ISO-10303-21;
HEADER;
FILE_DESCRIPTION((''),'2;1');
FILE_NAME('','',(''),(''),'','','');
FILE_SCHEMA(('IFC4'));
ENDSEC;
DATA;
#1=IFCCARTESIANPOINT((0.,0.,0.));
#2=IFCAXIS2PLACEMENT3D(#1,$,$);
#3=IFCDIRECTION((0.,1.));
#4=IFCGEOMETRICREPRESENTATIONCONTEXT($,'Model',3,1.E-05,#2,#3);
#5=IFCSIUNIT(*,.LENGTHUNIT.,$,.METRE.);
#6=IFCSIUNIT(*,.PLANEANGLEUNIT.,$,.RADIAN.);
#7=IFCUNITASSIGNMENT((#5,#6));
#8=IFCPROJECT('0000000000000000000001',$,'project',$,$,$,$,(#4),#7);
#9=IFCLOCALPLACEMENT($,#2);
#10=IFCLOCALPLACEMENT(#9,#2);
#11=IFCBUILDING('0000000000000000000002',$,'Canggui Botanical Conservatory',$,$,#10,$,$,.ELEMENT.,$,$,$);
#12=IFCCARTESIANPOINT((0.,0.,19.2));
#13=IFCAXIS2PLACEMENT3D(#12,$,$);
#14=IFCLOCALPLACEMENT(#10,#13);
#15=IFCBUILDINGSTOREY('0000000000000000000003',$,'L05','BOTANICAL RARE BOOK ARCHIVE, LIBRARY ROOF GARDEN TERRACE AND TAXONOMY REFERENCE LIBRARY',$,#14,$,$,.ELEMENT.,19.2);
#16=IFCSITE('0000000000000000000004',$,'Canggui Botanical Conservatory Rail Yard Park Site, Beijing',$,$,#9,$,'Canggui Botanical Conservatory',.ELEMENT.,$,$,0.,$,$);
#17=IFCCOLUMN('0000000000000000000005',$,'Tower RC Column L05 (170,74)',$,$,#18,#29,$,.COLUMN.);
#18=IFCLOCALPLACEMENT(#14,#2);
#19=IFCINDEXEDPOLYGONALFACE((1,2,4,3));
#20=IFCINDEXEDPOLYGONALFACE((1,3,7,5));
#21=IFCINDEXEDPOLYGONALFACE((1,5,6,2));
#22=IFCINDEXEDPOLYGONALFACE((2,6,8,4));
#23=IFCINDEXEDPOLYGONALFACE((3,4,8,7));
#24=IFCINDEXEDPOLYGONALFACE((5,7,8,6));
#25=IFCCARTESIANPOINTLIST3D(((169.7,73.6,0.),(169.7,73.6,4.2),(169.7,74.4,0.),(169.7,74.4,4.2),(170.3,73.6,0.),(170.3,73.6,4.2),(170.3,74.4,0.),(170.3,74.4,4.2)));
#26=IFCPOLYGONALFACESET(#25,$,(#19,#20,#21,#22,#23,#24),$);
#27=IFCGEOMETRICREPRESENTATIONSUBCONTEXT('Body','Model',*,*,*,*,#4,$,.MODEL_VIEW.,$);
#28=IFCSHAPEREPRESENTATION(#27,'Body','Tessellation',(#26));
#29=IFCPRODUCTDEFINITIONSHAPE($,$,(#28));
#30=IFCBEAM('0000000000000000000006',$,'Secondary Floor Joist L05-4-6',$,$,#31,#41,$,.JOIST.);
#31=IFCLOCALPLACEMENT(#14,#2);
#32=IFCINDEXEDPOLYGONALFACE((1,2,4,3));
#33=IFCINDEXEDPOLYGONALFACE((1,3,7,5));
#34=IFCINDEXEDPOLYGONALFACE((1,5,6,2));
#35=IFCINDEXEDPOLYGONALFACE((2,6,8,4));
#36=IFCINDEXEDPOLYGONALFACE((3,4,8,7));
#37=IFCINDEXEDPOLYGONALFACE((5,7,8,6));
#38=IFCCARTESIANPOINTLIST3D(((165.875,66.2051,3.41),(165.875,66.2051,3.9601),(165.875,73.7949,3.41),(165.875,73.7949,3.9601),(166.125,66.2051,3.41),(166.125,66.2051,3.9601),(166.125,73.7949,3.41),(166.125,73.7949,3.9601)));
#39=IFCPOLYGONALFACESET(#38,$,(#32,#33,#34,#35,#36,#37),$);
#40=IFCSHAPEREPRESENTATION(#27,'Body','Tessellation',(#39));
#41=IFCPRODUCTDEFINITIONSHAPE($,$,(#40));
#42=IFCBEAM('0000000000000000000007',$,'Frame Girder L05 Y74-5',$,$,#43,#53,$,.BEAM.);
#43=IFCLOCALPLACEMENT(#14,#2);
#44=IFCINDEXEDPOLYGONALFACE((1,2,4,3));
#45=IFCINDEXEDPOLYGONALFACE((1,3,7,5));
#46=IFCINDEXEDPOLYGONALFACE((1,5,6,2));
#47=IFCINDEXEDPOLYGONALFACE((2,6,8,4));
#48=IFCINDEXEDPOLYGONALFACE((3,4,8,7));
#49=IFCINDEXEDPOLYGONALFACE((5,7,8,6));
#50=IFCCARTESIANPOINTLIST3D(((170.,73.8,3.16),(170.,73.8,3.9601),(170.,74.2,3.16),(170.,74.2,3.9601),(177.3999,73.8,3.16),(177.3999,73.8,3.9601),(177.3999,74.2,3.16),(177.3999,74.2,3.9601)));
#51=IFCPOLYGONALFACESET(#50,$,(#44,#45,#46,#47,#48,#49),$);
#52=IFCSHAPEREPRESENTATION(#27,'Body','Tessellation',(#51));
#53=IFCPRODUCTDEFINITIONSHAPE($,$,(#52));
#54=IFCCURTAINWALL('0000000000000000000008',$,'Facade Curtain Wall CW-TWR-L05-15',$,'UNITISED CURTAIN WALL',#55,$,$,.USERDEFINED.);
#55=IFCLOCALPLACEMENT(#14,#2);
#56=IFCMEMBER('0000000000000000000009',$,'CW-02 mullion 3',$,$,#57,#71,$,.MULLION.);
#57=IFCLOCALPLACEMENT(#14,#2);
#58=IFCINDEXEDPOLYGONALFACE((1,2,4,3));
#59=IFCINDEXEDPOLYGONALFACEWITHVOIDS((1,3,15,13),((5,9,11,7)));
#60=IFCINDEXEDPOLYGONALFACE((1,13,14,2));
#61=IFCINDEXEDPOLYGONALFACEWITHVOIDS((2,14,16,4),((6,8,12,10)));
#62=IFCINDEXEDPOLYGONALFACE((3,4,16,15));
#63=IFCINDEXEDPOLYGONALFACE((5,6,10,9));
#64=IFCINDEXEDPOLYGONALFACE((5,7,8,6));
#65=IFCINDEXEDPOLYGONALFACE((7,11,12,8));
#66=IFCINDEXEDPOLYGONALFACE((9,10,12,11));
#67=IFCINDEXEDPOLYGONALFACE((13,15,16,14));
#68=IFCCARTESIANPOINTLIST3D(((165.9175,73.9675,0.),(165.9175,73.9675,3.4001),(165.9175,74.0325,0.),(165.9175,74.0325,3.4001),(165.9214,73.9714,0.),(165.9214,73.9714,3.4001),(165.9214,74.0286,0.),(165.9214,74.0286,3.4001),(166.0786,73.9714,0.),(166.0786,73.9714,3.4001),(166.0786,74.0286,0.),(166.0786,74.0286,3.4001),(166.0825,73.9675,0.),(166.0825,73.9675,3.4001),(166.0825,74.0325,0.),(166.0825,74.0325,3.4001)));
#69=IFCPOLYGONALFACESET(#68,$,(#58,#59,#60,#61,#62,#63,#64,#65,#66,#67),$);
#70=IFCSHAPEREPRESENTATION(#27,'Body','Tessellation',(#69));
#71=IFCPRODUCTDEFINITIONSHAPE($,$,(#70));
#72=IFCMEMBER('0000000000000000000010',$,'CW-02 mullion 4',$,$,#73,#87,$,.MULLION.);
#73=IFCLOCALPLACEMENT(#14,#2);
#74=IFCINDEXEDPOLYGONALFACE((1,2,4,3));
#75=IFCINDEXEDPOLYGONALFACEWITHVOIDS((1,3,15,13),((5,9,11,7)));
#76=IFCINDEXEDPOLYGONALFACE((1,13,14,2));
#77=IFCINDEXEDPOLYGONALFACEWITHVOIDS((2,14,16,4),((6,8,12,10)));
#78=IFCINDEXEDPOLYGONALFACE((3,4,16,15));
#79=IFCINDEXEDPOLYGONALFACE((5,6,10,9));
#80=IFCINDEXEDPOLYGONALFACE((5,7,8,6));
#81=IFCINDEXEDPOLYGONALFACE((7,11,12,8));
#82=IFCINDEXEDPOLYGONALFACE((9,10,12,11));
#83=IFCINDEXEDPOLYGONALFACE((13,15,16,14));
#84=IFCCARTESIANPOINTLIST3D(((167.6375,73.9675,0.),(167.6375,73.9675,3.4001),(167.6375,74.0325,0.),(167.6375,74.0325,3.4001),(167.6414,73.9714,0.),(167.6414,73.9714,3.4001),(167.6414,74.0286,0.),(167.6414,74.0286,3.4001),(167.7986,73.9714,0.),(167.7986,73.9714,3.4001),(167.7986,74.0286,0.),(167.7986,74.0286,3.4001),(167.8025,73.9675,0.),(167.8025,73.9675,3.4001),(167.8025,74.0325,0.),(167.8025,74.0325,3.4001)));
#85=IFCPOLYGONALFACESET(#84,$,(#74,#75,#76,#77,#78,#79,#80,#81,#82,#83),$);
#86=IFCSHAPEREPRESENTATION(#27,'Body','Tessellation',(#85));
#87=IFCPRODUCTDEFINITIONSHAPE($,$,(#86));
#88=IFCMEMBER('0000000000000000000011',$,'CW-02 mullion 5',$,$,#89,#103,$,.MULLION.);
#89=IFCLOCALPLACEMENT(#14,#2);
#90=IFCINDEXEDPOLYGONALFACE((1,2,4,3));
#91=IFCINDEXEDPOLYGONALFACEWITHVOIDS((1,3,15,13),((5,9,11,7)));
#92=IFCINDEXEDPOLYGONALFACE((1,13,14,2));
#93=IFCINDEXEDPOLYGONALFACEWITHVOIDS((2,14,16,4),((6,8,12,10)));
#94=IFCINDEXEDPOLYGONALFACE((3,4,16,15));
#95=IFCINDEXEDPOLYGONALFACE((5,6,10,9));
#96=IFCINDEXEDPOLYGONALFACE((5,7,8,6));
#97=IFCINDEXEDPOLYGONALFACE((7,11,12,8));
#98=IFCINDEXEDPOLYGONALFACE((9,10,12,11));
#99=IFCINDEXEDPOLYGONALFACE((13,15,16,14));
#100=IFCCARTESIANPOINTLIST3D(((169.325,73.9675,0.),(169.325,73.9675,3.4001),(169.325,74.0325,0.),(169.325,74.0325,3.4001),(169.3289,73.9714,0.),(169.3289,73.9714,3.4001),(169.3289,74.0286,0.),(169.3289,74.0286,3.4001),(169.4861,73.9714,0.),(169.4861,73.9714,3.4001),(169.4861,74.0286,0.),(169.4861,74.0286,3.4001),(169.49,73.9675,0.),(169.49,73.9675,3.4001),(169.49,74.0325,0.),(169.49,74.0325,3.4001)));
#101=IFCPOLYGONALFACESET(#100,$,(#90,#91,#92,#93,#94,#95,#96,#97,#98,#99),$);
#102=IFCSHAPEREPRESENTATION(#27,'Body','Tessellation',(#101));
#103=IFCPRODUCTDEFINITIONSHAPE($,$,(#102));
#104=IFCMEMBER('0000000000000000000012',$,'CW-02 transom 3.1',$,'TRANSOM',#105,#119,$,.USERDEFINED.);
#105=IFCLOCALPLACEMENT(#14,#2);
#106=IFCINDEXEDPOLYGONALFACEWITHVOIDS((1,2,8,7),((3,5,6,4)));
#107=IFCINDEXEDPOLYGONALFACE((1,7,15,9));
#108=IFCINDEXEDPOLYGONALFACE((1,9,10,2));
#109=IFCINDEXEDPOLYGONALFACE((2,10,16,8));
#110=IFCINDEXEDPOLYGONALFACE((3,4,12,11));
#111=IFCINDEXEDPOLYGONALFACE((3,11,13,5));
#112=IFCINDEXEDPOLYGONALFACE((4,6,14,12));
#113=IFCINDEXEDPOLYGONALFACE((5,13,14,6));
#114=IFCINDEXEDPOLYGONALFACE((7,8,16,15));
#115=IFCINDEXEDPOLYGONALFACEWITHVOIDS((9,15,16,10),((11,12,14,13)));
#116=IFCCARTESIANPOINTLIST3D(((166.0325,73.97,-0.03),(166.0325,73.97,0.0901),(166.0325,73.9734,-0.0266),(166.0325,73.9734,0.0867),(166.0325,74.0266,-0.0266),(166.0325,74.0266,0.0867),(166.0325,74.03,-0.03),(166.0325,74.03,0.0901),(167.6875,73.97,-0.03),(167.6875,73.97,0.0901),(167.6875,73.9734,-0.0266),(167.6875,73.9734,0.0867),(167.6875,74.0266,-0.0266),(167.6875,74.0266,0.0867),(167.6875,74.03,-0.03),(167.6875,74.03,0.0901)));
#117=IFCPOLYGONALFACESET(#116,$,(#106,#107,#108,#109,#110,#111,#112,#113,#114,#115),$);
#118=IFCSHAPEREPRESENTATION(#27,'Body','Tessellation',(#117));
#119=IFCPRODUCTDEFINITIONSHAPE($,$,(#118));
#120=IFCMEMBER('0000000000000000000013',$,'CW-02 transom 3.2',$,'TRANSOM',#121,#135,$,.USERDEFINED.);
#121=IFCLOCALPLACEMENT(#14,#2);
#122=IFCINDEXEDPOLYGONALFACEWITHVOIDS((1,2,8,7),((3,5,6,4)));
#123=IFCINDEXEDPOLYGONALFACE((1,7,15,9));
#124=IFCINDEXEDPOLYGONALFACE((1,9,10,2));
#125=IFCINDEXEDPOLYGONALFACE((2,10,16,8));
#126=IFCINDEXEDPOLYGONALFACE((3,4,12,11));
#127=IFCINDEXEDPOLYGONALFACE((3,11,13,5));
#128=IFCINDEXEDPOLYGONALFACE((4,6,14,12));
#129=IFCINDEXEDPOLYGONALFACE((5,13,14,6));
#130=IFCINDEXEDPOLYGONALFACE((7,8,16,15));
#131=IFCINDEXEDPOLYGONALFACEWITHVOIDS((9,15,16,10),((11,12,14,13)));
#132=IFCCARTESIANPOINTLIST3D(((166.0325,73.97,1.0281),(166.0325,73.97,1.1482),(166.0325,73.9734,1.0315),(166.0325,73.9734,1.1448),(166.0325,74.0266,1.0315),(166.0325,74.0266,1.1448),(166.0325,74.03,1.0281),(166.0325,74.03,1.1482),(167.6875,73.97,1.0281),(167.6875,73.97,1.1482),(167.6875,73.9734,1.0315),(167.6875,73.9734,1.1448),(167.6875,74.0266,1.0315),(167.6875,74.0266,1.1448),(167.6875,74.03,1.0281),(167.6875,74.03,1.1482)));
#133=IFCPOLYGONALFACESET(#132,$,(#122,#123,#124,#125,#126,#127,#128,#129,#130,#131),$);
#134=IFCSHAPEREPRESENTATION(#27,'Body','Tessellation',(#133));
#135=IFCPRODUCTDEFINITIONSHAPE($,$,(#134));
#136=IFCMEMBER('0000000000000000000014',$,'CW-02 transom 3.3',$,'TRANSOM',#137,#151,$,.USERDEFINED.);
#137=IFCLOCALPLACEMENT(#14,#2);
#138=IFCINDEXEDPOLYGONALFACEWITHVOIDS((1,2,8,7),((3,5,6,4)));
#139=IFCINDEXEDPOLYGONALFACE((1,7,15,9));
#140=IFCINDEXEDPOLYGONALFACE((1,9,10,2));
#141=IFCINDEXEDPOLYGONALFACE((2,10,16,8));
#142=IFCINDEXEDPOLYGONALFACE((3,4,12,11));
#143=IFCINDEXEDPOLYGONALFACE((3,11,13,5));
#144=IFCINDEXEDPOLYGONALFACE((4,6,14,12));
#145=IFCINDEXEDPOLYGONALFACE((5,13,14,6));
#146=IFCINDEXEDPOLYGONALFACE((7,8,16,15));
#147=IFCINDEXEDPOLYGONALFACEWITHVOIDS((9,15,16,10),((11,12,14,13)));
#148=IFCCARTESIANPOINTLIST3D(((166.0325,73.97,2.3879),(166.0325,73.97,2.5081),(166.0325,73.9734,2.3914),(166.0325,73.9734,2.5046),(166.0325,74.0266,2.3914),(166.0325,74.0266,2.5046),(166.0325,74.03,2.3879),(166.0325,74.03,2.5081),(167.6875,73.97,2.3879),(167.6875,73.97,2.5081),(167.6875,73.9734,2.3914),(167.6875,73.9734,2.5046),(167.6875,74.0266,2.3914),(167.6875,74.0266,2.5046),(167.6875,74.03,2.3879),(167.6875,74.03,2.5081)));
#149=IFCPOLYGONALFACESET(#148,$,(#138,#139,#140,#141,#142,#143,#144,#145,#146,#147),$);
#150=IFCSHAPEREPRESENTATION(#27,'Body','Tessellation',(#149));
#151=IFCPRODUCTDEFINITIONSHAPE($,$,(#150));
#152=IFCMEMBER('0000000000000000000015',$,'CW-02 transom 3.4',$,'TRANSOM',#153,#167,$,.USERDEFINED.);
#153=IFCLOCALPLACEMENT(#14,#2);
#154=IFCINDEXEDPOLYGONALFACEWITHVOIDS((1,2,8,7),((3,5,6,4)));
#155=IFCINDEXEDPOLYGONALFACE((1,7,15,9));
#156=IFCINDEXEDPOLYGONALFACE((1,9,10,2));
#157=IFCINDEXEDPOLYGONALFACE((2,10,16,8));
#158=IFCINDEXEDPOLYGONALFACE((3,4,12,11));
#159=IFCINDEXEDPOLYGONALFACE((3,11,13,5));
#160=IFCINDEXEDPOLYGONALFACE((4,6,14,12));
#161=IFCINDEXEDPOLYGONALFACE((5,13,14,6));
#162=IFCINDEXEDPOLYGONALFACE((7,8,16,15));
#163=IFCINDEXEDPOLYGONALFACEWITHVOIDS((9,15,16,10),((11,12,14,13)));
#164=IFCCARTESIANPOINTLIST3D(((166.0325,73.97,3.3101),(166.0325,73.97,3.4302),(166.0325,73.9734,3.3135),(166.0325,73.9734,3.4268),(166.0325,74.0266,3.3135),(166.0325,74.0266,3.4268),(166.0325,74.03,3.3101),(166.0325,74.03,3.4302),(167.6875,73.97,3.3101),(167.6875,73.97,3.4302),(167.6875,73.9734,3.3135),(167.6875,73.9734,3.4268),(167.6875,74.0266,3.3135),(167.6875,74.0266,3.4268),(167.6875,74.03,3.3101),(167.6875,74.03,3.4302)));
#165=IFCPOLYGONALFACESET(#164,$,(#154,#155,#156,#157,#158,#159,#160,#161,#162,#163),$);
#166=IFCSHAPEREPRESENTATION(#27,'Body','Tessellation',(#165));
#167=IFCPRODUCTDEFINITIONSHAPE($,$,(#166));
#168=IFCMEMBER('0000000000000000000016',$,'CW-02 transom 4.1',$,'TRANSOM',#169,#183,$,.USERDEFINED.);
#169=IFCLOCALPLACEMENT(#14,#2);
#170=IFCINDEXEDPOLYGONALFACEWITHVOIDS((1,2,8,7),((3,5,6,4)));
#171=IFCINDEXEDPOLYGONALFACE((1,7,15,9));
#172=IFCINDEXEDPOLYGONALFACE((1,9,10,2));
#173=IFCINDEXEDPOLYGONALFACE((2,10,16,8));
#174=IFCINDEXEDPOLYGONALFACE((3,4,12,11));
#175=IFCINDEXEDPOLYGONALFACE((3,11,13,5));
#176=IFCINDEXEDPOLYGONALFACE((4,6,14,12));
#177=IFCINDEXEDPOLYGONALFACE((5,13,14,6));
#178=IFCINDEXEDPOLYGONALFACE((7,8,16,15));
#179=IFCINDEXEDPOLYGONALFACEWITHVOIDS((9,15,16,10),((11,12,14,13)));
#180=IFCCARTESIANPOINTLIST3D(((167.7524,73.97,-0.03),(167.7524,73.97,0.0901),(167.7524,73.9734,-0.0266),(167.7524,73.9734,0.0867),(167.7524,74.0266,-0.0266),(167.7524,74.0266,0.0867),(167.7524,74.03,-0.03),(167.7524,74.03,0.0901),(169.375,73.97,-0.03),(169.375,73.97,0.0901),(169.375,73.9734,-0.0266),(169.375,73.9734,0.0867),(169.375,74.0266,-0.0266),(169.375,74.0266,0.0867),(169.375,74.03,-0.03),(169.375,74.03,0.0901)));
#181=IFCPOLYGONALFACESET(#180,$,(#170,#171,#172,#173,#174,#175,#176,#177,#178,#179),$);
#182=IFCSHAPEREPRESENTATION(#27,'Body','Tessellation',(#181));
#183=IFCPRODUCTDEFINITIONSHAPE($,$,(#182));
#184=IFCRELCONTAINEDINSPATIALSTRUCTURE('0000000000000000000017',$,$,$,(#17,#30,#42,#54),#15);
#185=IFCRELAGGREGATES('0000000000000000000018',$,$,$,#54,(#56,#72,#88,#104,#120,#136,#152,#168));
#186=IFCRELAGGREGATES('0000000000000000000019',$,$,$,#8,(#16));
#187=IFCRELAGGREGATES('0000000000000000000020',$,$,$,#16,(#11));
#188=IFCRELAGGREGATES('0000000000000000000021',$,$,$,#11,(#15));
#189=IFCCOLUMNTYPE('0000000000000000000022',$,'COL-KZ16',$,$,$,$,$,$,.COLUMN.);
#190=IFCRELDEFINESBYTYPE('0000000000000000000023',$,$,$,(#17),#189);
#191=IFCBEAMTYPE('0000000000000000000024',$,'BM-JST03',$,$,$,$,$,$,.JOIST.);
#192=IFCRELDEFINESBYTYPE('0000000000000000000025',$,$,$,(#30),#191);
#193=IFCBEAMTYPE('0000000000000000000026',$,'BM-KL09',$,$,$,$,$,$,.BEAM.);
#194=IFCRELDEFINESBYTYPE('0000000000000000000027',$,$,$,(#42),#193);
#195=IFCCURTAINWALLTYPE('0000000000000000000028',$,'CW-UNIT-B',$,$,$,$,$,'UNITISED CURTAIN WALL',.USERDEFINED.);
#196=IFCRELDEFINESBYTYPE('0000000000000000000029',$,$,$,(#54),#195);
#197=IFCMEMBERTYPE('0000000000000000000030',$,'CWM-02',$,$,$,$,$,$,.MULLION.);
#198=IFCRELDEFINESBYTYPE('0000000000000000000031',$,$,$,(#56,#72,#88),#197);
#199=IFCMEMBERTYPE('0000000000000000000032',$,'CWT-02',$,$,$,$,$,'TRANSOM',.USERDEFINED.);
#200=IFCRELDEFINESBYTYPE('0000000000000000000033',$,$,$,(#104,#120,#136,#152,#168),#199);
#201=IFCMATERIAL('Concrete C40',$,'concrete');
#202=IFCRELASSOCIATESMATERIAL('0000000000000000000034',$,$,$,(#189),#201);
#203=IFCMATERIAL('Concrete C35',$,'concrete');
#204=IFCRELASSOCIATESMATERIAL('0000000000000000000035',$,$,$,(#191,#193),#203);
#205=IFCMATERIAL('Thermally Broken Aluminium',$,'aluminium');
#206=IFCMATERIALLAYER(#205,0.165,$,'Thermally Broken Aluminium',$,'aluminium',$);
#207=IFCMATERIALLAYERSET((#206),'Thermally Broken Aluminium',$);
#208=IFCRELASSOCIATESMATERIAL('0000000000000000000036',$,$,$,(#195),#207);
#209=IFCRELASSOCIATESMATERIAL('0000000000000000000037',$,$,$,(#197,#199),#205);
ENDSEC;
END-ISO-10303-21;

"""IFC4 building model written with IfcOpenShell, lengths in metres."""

from ifc_helpers import new_model, si_unit, direction, frame, origin, origin_2d, place, context, subcontext, project, spatial, rectangle, hollow_rectangle, extrude, material, layer, layer_set, material_profile, profile_set, type_object, element, aggregate, save


model = new_model("IFC4")

# Units and contexts
model_context = context("Model", 3, precision=1e-05, world=origin(), true_north=direction((0.0, 1.0)))
body_context = subcontext(model_context, "Body", "Model", "MODEL_VIEW")
ifc_project = project(units=[si_unit("LENGTHUNIT", "METRE"), si_unit("PLANEANGLEUNIT", "RADIAN")], contexts=[model_context])

# Site, building, storey
site_placement = place(None, origin())
site = spatial("IfcSite", under=ifc_project, at=site_placement, Name="Canggui Botanical Conservatory Rail Yard Park Site, Beijing", LongName="Canggui Botanical Conservatory", CompositionType="ELEMENT", RefElevation=0.0)
building_placement = place(site_placement, origin())
building = spatial("IfcBuilding", under=site, at=building_placement, Name="Canggui Botanical Conservatory", CompositionType="ELEMENT")
storey_placement = place(building_placement, frame((0.0, 0.0, 19.2)))
storey = spatial("IfcBuildingStorey", under=building, at=storey_placement, Name="L05", Description="BOTANICAL RARE BOOK ARCHIVE, LIBRARY ROOF GARDEN TERRACE AND TAXONOMY REFERENCE LIBRARY", CompositionType="ELEMENT", Elevation=19.2)

# Column
ifc_material_1 = material(Name="Concrete C40", Category="concrete")
ifc_material_profile_1 = material_profile(ifc_material_1, rectangle(XDim=0.6001, YDim=0.8, at=origin_2d()), Name="RC 600x800")
ifc_profile_set_1 = profile_set([ifc_material_profile_1], Name="Concrete C40")
column_type = type_object("IfcColumnType", Name="COL-KZ16", PredefinedType="COLUMN", material=ifc_profile_set_1)
column_placement = place(storey_placement, frame((170.0, 74.0, 0.0), z_axis=(0.0, 0.0, 1.0), x_axis=(1.0, 0.0, 0.0)))
element("IfcColumn", 1, at=column_placement, inside=storey, type_object=column_type, Name="Tower RC Column L05 (170,74)", PredefinedType="COLUMN", context=body_context, shape_type="SweptSolid", body=[
    extrude(rectangle(XDim=0.6001, YDim=0.8, at=origin_2d()), origin(), (0.0, 0.0, 1.0), 4.2),
])

# Beams
ifc_material_2 = material(Name="Concrete C35", Category="concrete")
ifc_material_profile_2 = material_profile(ifc_material_2, rectangle(XDim=0.25, YDim=0.55, at=origin_2d()), Name="RB 250x550")
ifc_profile_set_2 = profile_set([ifc_material_profile_2], Name="Concrete C35")
beam_type_1 = type_object("IfcBeamType", Name="BM-JST03", PredefinedType="JOIST", material=ifc_profile_set_2)
beam_1_placement = place(storey_placement, frame((166.0, 66.2051, 3.6851), z_axis=(0.0, 1.0, 0.0), x_axis=(-1.0, 0.0, 0.0)))
element("IfcBeam", 2, at=beam_1_placement, inside=storey, type_object=beam_type_1, Name="Secondary Floor Joist L05-4-6", PredefinedType="JOIST", context=body_context, shape_type="SweptSolid", body=[
    extrude(rectangle(XDim=0.25, YDim=0.55, at=origin_2d()), origin(), (0.0, 0.0, 1.0), 7.5898),
])
ifc_material_profile_3 = material_profile(ifc_material_2, rectangle(XDim=0.3999, YDim=0.8, at=origin_2d()), Name="RB 400x800")
ifc_profile_set_3 = profile_set([ifc_material_profile_3], Name="Concrete C35")
beam_type_2 = type_object("IfcBeamType", Name="BM-KL09", PredefinedType="BEAM", material=ifc_profile_set_3)
beam_2_placement = place(storey_placement, frame((170.0, 74.0, 3.5601), z_axis=(1.0, 0.0, 0.0), x_axis=(0.0, 1.0, 0.0)))
element("IfcBeam", 3, at=beam_2_placement, inside=storey, type_object=beam_type_2, Name="Frame Girder L05 Y74-5", PredefinedType="BEAM", context=body_context, shape_type="SweptSolid", body=[
    extrude(rectangle(XDim=0.3999, YDim=0.8, at=origin_2d()), origin(), (0.0, 0.0, 1.0), 7.3999),
])

# Curtain wall, members
ifc_material_3 = material(Name="Thermally Broken Aluminium", Category="aluminium")
ifc_layer_1 = layer(ifc_material_3, 0.165, Name="Thermally Broken Aluminium", Category="aluminium")
ifc_layer_set_1 = layer_set([ifc_layer_1], Name="Thermally Broken Aluminium")
curtain_wall_type = type_object("IfcCurtainWallType", Name="CW-UNIT-B", ElementType="UNITISED CURTAIN WALL", PredefinedType="USERDEFINED", material=ifc_layer_set_1)
curtain_wall_placement = place(storey_placement, origin())
curtain_wall = element("IfcCurtainWall", 4, at=curtain_wall_placement, inside=storey, type_object=curtain_wall_type, Name="Facade Curtain Wall CW-TWR-L05-15", ObjectType="UNITISED CURTAIN WALL", PredefinedType="USERDEFINED")
ifc_material_profile_4 = material_profile(ifc_material_3, hollow_rectangle(XDim=0.0649, YDim=0.165, WallThickness=0.0039, at=origin_2d()), Name="CWM 65x165x4")
ifc_profile_set_4 = profile_set([ifc_material_profile_4], Name="Thermally Broken Aluminium")
member_type_1 = type_object("IfcMemberType", Name="CWM-02", PredefinedType="MULLION", material=ifc_profile_set_4)
member_1_placement = place(storey_placement, frame((166.0, 74.0, 0.0), z_axis=(0.0, 0.0, 1.0), x_axis=(0.0, 1.0, 0.0)))
member_1 = element("IfcMember", 5, at=member_1_placement, type_object=member_type_1, Name="CW-02 mullion 3", PredefinedType="MULLION", context=body_context, shape_type="SweptSolid", body=[
    extrude(hollow_rectangle(XDim=0.0649, YDim=0.165, WallThickness=0.0039, at=origin_2d()), origin(), (0.0, 0.0, 1.0), 3.4001),
])
member_2_placement = place(storey_placement, frame((167.72, 74.0, 0.0), z_axis=(0.0, 0.0, 1.0), x_axis=(0.0, 1.0, 0.0)))
member_2 = element("IfcMember", 6, at=member_2_placement, type_object=member_type_1, Name="CW-02 mullion 4", PredefinedType="MULLION", context=body_context, shape_type="SweptSolid", body=[
    extrude(hollow_rectangle(XDim=0.0649, YDim=0.165, WallThickness=0.0039, at=origin_2d()), origin(), (0.0, 0.0, 1.0), 3.4001),
])
member_3_placement = place(storey_placement, frame((169.4075, 74.0, 0.0), z_axis=(0.0, 0.0, 1.0), x_axis=(0.0, 1.0, 0.0)))
member_3 = element("IfcMember", 7, at=member_3_placement, type_object=member_type_1, Name="CW-02 mullion 5", PredefinedType="MULLION", context=body_context, shape_type="SweptSolid", body=[
    extrude(hollow_rectangle(XDim=0.0649, YDim=0.165, WallThickness=0.0039, at=origin_2d()), origin(), (0.0, 0.0, 1.0), 3.4001),
])
ifc_material_profile_5 = material_profile(ifc_material_3, hollow_rectangle(XDim=0.0601, YDim=0.1201, WallThickness=0.0034, at=origin_2d()), Name="CWT 60x120x3.5")
ifc_profile_set_5 = profile_set([ifc_material_profile_5], Name="Thermally Broken Aluminium")
member_type_2 = type_object("IfcMemberType", Name="CWT-02", ElementType="TRANSOM", PredefinedType="USERDEFINED", material=ifc_profile_set_5)
member_4_placement = place(storey_placement, frame((166.0325, 74.0, 0.03), z_axis=(1.0, 0.0, 0.0), x_axis=(0.0, 1.0, 0.0)))
member_4 = element("IfcMember", 8, at=member_4_placement, type_object=member_type_2, Name="CW-02 transom 3.1", ObjectType="TRANSOM", PredefinedType="USERDEFINED", context=body_context, shape_type="SweptSolid", body=[
    extrude(hollow_rectangle(XDim=0.0601, YDim=0.1201, WallThickness=0.0034, at=origin_2d()), origin(), (0.0, 0.0, 1.0), 1.655),
])
member_5_placement = place(storey_placement, frame((166.0325, 74.0, 1.0881), z_axis=(1.0, 0.0, 0.0), x_axis=(0.0, 1.0, 0.0)))
member_5 = element("IfcMember", 9, at=member_5_placement, type_object=member_type_2, Name="CW-02 transom 3.2", ObjectType="TRANSOM", PredefinedType="USERDEFINED", context=body_context, shape_type="SweptSolid", body=[
    extrude(hollow_rectangle(XDim=0.0601, YDim=0.1201, WallThickness=0.0034, at=origin_2d()), origin(), (0.0, 0.0, 1.0), 1.655),
])
member_6_placement = place(storey_placement, frame((166.0325, 74.0, 2.448), z_axis=(1.0, 0.0, 0.0), x_axis=(0.0, 1.0, 0.0)))
member_6 = element("IfcMember", 10, at=member_6_placement, type_object=member_type_2, Name="CW-02 transom 3.3", ObjectType="TRANSOM", PredefinedType="USERDEFINED", context=body_context, shape_type="SweptSolid", body=[
    extrude(hollow_rectangle(XDim=0.0601, YDim=0.1201, WallThickness=0.0034, at=origin_2d()), origin(), (0.0, 0.0, 1.0), 1.655),
])
member_7_placement = place(storey_placement, frame((166.0325, 74.0, 3.3701), z_axis=(1.0, 0.0, 0.0), x_axis=(0.0, 1.0, 0.0)))
member_7 = element("IfcMember", 11, at=member_7_placement, type_object=member_type_2, Name="CW-02 transom 3.4", ObjectType="TRANSOM", PredefinedType="USERDEFINED", context=body_context, shape_type="SweptSolid", body=[
    extrude(hollow_rectangle(XDim=0.0601, YDim=0.1201, WallThickness=0.0034, at=origin_2d()), origin(), (0.0, 0.0, 1.0), 1.655),
])
member_8_placement = place(storey_placement, frame((167.7524, 74.0, 0.03), z_axis=(1.0, 0.0, 0.0), x_axis=(0.0, 1.0, 0.0)))
member_8 = element("IfcMember", 12, at=member_8_placement, type_object=member_type_2, Name="CW-02 transom 4.1", ObjectType="TRANSOM", PredefinedType="USERDEFINED", context=body_context, shape_type="SweptSolid", body=[
    extrude(hollow_rectangle(XDim=0.0601, YDim=0.1201, WallThickness=0.0034, at=origin_2d()), origin(), (0.0, 0.0, 1.0), 1.6226),
])
aggregate(curtain_wall, [member_1, member_2, member_3, member_4, member_5, member_6, member_7, member_8])

save(model, "model.ifc")
